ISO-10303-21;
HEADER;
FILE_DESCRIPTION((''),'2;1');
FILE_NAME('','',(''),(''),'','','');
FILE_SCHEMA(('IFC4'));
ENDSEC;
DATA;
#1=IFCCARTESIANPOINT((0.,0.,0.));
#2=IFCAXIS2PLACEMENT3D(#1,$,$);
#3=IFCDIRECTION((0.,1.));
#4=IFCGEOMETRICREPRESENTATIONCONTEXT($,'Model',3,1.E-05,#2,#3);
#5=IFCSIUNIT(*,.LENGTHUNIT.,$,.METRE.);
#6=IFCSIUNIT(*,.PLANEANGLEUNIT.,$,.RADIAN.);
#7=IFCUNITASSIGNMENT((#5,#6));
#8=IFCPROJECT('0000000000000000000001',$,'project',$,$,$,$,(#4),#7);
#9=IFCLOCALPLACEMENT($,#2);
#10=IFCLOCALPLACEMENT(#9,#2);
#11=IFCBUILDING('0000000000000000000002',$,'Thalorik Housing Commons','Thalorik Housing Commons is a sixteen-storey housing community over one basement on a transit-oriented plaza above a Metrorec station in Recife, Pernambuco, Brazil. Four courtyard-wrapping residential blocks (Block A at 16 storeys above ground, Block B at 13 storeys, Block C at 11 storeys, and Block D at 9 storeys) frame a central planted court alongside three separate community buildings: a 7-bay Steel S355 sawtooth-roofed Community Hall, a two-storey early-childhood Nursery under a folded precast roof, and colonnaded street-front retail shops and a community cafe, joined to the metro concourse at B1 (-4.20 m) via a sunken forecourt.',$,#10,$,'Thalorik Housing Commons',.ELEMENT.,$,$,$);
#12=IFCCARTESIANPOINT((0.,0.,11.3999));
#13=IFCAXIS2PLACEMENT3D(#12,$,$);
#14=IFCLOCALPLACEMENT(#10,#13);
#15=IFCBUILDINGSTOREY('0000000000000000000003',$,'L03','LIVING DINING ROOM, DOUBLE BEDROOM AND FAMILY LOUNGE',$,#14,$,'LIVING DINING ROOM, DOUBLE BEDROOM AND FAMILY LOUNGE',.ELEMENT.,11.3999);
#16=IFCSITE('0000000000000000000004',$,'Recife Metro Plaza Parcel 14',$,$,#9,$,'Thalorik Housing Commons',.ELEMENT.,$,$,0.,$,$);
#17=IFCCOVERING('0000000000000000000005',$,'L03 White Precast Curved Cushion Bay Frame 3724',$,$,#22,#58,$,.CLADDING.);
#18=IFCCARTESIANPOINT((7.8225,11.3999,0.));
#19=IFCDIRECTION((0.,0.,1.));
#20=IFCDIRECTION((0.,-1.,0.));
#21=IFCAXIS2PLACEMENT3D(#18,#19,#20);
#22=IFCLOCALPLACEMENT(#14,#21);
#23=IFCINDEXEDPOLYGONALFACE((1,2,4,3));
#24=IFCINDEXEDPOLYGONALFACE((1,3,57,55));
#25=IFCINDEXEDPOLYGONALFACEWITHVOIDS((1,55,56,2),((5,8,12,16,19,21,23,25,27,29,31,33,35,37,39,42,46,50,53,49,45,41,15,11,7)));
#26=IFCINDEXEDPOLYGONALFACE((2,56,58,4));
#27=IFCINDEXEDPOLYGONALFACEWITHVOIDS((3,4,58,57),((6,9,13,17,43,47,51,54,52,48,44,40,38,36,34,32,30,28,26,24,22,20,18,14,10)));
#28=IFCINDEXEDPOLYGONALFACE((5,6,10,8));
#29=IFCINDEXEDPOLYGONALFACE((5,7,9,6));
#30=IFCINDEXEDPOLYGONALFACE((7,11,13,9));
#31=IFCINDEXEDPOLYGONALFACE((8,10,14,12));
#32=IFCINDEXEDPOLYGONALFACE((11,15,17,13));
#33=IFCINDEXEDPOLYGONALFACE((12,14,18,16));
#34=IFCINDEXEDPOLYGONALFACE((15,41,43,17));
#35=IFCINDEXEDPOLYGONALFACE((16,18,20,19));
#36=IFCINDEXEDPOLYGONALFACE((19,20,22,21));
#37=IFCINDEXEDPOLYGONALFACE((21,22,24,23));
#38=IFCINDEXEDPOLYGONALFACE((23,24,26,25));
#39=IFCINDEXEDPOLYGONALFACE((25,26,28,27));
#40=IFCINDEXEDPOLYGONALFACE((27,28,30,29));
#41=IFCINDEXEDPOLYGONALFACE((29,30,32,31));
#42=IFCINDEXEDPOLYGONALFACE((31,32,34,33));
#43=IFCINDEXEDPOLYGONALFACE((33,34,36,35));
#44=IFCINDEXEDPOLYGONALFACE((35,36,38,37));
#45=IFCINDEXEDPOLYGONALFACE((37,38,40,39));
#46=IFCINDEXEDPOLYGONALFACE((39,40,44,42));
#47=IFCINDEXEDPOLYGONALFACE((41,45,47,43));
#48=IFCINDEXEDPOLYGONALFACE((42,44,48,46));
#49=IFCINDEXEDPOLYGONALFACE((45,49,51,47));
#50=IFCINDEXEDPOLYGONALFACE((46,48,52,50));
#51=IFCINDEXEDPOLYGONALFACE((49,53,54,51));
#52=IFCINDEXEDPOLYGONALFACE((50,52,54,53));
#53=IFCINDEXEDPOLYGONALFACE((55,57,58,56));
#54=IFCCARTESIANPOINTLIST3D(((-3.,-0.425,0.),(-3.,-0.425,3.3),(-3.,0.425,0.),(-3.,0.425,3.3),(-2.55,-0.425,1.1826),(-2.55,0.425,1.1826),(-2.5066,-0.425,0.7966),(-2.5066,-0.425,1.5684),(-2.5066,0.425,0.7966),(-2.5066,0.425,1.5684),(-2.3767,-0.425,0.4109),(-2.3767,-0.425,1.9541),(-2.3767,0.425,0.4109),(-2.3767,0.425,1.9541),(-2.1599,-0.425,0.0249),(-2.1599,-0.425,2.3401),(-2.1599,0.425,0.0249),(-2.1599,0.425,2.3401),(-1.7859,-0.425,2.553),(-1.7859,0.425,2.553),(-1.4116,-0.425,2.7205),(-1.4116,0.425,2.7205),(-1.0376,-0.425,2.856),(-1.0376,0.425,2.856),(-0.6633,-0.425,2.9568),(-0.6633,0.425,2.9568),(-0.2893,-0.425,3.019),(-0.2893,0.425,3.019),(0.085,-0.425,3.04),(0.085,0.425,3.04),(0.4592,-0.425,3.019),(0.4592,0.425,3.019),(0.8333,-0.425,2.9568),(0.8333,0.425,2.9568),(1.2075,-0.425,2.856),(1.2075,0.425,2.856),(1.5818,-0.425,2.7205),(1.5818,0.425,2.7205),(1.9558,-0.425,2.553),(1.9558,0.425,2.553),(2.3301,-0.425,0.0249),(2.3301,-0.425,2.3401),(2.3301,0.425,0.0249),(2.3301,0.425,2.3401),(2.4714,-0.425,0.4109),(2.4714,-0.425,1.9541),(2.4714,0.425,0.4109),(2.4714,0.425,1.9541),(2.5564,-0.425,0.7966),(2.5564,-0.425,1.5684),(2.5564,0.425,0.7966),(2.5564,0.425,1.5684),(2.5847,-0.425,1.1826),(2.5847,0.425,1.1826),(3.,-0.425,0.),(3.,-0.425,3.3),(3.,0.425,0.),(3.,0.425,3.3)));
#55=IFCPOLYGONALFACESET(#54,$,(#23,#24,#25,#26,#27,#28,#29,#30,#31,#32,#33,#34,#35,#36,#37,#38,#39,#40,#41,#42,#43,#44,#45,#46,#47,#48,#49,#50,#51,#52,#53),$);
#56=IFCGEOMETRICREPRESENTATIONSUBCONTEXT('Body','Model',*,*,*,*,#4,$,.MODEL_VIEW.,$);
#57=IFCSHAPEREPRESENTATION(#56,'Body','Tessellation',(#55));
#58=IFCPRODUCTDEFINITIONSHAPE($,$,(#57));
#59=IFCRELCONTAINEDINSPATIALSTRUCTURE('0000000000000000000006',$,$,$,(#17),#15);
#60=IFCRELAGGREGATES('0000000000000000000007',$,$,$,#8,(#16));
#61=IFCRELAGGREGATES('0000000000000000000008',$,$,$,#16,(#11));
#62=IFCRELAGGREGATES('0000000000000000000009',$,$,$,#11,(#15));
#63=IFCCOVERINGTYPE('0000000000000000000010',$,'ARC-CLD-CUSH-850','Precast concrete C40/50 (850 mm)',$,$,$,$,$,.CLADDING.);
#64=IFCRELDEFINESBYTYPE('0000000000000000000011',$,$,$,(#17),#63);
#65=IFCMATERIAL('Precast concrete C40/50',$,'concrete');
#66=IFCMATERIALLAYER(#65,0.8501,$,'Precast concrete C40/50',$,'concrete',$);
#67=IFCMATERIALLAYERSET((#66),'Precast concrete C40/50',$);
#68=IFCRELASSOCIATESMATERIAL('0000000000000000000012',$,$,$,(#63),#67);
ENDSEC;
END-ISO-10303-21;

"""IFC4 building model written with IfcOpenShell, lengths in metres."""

from ifc_helpers import new_model, si_unit, direction, frame, origin, place, context, subcontext, project, spatial, polyline, outline, extrude, material, layer, layer_set, type_object, element, save


model = new_model("IFC4")

# Units and contexts
model_context = context("Model", 3, precision=1e-05, world=origin(), true_north=direction((0.0, 1.0)))
body_context = subcontext(model_context, "Body", "Model", "MODEL_VIEW")
ifc_project = project(units=[si_unit("LENGTHUNIT", "METRE"), si_unit("PLANEANGLEUNIT", "RADIAN")], contexts=[model_context])

# Site, building, storey
site_placement = place(None, origin())
site = spatial("IfcSite", under=ifc_project, at=site_placement, Name="Recife Metro Plaza Parcel 14", LongName="Thalorik Housing Commons", CompositionType="ELEMENT", RefElevation=0.0)
building_placement = place(site_placement, origin())
building = spatial("IfcBuilding", under=site, at=building_placement, Name="Thalorik Housing Commons", Description="Thalorik Housing Commons is a sixteen-storey housing community over one basement on a transit-oriented plaza above a Metrorec station in Recife, Pernambuco, Brazil. Four courtyard-wrapping residential blocks (Block A at 16 storeys above ground, Block B at 13 storeys, Block C at 11 storeys, and Block D at 9 storeys) frame a central planted court alongside three separate community buildings: a 7-bay Steel S355 sawtooth-roofed Community Hall, a two-storey early-childhood Nursery under a folded precast roof, and colonnaded street-front retail shops and a community cafe, joined to the metro concourse at B1 (-4.20 m) via a sunken forecourt.", LongName="Thalorik Housing Commons", CompositionType="ELEMENT")
storey_placement = place(building_placement, frame((0.0, 0.0, 11.3999)))
storey = spatial("IfcBuildingStorey", under=building, at=storey_placement, Name="L03", Description="LIVING DINING ROOM, DOUBLE BEDROOM AND FAMILY LOUNGE", LongName="LIVING DINING ROOM, DOUBLE BEDROOM AND FAMILY LOUNGE", CompositionType="ELEMENT", Elevation=11.3999)

# Shared definitions
ifc_material_1 = material(Name="Precast concrete C40/50", Category="concrete")

# Covering
ifc_layer_1 = layer(ifc_material_1, 0.8501, Name="Precast concrete C40/50", Category="concrete")
ifc_layer_set_1 = layer_set([ifc_layer_1], Name="Precast concrete C40/50")
covering_type_1 = type_object("IfcCoveringType", Name="ARC-CLD-CUSH-850", Description="Precast concrete C40/50 (850 mm)", PredefinedType="CLADDING", material=ifc_layer_set_1)
covering_1_placement = place(storey_placement, frame((7.8225, 11.3999, 0.0), z_axis=(0.0, 0.0, 1.0), x_axis=(0.0, -1.0, 0.0)))
element("IfcCovering", 1, at=covering_1_placement, inside=storey, type_object=covering_type_1, Name="L03 White Precast Curved Cushion Bay Frame 3724", PredefinedType="CLADDING", context=body_context, shape_type="SweptSolid", body=[
    extrude(outline(polyline([(-3.0, 0.0), (3.0, 0.0), (3.0, 3.3), (-3.0, 3.3), (-3.0, 0.0)]), holes=[polyline([(2.3301, 0.0249), (2.4714, 0.4109), (2.5564, 0.7966), (2.5847, 1.1826), (2.5564, 1.5684), (2.4714, 1.9541), (2.3301, 2.3401), (1.9558, 2.553), (1.5818, 2.7205), (1.2075, 2.856), (0.8333, 2.9568), (0.4592, 3.019), (0.085, 3.04), (-0.2893, 3.019), (-0.6633, 2.9568), (-1.0376, 2.856), (-1.4116, 2.7205), (-1.7859, 2.553), (-2.1599, 2.3401), (-2.3767, 1.9541), (-2.5066, 1.5684), (-2.55, 1.1826), (-2.5066, 0.7966), (-2.3767, 0.4109), (-2.1599, 0.0249), (2.3301, 0.0249)])]), frame((0.0, 0.425, 0.0), z_axis=(0.0, -1.0, 0.0), x_axis=(1.0, 0.0, 0.0)), (0.0, 0.0, 1.0), 0.8501),
])

save(model, "model.ifc")
